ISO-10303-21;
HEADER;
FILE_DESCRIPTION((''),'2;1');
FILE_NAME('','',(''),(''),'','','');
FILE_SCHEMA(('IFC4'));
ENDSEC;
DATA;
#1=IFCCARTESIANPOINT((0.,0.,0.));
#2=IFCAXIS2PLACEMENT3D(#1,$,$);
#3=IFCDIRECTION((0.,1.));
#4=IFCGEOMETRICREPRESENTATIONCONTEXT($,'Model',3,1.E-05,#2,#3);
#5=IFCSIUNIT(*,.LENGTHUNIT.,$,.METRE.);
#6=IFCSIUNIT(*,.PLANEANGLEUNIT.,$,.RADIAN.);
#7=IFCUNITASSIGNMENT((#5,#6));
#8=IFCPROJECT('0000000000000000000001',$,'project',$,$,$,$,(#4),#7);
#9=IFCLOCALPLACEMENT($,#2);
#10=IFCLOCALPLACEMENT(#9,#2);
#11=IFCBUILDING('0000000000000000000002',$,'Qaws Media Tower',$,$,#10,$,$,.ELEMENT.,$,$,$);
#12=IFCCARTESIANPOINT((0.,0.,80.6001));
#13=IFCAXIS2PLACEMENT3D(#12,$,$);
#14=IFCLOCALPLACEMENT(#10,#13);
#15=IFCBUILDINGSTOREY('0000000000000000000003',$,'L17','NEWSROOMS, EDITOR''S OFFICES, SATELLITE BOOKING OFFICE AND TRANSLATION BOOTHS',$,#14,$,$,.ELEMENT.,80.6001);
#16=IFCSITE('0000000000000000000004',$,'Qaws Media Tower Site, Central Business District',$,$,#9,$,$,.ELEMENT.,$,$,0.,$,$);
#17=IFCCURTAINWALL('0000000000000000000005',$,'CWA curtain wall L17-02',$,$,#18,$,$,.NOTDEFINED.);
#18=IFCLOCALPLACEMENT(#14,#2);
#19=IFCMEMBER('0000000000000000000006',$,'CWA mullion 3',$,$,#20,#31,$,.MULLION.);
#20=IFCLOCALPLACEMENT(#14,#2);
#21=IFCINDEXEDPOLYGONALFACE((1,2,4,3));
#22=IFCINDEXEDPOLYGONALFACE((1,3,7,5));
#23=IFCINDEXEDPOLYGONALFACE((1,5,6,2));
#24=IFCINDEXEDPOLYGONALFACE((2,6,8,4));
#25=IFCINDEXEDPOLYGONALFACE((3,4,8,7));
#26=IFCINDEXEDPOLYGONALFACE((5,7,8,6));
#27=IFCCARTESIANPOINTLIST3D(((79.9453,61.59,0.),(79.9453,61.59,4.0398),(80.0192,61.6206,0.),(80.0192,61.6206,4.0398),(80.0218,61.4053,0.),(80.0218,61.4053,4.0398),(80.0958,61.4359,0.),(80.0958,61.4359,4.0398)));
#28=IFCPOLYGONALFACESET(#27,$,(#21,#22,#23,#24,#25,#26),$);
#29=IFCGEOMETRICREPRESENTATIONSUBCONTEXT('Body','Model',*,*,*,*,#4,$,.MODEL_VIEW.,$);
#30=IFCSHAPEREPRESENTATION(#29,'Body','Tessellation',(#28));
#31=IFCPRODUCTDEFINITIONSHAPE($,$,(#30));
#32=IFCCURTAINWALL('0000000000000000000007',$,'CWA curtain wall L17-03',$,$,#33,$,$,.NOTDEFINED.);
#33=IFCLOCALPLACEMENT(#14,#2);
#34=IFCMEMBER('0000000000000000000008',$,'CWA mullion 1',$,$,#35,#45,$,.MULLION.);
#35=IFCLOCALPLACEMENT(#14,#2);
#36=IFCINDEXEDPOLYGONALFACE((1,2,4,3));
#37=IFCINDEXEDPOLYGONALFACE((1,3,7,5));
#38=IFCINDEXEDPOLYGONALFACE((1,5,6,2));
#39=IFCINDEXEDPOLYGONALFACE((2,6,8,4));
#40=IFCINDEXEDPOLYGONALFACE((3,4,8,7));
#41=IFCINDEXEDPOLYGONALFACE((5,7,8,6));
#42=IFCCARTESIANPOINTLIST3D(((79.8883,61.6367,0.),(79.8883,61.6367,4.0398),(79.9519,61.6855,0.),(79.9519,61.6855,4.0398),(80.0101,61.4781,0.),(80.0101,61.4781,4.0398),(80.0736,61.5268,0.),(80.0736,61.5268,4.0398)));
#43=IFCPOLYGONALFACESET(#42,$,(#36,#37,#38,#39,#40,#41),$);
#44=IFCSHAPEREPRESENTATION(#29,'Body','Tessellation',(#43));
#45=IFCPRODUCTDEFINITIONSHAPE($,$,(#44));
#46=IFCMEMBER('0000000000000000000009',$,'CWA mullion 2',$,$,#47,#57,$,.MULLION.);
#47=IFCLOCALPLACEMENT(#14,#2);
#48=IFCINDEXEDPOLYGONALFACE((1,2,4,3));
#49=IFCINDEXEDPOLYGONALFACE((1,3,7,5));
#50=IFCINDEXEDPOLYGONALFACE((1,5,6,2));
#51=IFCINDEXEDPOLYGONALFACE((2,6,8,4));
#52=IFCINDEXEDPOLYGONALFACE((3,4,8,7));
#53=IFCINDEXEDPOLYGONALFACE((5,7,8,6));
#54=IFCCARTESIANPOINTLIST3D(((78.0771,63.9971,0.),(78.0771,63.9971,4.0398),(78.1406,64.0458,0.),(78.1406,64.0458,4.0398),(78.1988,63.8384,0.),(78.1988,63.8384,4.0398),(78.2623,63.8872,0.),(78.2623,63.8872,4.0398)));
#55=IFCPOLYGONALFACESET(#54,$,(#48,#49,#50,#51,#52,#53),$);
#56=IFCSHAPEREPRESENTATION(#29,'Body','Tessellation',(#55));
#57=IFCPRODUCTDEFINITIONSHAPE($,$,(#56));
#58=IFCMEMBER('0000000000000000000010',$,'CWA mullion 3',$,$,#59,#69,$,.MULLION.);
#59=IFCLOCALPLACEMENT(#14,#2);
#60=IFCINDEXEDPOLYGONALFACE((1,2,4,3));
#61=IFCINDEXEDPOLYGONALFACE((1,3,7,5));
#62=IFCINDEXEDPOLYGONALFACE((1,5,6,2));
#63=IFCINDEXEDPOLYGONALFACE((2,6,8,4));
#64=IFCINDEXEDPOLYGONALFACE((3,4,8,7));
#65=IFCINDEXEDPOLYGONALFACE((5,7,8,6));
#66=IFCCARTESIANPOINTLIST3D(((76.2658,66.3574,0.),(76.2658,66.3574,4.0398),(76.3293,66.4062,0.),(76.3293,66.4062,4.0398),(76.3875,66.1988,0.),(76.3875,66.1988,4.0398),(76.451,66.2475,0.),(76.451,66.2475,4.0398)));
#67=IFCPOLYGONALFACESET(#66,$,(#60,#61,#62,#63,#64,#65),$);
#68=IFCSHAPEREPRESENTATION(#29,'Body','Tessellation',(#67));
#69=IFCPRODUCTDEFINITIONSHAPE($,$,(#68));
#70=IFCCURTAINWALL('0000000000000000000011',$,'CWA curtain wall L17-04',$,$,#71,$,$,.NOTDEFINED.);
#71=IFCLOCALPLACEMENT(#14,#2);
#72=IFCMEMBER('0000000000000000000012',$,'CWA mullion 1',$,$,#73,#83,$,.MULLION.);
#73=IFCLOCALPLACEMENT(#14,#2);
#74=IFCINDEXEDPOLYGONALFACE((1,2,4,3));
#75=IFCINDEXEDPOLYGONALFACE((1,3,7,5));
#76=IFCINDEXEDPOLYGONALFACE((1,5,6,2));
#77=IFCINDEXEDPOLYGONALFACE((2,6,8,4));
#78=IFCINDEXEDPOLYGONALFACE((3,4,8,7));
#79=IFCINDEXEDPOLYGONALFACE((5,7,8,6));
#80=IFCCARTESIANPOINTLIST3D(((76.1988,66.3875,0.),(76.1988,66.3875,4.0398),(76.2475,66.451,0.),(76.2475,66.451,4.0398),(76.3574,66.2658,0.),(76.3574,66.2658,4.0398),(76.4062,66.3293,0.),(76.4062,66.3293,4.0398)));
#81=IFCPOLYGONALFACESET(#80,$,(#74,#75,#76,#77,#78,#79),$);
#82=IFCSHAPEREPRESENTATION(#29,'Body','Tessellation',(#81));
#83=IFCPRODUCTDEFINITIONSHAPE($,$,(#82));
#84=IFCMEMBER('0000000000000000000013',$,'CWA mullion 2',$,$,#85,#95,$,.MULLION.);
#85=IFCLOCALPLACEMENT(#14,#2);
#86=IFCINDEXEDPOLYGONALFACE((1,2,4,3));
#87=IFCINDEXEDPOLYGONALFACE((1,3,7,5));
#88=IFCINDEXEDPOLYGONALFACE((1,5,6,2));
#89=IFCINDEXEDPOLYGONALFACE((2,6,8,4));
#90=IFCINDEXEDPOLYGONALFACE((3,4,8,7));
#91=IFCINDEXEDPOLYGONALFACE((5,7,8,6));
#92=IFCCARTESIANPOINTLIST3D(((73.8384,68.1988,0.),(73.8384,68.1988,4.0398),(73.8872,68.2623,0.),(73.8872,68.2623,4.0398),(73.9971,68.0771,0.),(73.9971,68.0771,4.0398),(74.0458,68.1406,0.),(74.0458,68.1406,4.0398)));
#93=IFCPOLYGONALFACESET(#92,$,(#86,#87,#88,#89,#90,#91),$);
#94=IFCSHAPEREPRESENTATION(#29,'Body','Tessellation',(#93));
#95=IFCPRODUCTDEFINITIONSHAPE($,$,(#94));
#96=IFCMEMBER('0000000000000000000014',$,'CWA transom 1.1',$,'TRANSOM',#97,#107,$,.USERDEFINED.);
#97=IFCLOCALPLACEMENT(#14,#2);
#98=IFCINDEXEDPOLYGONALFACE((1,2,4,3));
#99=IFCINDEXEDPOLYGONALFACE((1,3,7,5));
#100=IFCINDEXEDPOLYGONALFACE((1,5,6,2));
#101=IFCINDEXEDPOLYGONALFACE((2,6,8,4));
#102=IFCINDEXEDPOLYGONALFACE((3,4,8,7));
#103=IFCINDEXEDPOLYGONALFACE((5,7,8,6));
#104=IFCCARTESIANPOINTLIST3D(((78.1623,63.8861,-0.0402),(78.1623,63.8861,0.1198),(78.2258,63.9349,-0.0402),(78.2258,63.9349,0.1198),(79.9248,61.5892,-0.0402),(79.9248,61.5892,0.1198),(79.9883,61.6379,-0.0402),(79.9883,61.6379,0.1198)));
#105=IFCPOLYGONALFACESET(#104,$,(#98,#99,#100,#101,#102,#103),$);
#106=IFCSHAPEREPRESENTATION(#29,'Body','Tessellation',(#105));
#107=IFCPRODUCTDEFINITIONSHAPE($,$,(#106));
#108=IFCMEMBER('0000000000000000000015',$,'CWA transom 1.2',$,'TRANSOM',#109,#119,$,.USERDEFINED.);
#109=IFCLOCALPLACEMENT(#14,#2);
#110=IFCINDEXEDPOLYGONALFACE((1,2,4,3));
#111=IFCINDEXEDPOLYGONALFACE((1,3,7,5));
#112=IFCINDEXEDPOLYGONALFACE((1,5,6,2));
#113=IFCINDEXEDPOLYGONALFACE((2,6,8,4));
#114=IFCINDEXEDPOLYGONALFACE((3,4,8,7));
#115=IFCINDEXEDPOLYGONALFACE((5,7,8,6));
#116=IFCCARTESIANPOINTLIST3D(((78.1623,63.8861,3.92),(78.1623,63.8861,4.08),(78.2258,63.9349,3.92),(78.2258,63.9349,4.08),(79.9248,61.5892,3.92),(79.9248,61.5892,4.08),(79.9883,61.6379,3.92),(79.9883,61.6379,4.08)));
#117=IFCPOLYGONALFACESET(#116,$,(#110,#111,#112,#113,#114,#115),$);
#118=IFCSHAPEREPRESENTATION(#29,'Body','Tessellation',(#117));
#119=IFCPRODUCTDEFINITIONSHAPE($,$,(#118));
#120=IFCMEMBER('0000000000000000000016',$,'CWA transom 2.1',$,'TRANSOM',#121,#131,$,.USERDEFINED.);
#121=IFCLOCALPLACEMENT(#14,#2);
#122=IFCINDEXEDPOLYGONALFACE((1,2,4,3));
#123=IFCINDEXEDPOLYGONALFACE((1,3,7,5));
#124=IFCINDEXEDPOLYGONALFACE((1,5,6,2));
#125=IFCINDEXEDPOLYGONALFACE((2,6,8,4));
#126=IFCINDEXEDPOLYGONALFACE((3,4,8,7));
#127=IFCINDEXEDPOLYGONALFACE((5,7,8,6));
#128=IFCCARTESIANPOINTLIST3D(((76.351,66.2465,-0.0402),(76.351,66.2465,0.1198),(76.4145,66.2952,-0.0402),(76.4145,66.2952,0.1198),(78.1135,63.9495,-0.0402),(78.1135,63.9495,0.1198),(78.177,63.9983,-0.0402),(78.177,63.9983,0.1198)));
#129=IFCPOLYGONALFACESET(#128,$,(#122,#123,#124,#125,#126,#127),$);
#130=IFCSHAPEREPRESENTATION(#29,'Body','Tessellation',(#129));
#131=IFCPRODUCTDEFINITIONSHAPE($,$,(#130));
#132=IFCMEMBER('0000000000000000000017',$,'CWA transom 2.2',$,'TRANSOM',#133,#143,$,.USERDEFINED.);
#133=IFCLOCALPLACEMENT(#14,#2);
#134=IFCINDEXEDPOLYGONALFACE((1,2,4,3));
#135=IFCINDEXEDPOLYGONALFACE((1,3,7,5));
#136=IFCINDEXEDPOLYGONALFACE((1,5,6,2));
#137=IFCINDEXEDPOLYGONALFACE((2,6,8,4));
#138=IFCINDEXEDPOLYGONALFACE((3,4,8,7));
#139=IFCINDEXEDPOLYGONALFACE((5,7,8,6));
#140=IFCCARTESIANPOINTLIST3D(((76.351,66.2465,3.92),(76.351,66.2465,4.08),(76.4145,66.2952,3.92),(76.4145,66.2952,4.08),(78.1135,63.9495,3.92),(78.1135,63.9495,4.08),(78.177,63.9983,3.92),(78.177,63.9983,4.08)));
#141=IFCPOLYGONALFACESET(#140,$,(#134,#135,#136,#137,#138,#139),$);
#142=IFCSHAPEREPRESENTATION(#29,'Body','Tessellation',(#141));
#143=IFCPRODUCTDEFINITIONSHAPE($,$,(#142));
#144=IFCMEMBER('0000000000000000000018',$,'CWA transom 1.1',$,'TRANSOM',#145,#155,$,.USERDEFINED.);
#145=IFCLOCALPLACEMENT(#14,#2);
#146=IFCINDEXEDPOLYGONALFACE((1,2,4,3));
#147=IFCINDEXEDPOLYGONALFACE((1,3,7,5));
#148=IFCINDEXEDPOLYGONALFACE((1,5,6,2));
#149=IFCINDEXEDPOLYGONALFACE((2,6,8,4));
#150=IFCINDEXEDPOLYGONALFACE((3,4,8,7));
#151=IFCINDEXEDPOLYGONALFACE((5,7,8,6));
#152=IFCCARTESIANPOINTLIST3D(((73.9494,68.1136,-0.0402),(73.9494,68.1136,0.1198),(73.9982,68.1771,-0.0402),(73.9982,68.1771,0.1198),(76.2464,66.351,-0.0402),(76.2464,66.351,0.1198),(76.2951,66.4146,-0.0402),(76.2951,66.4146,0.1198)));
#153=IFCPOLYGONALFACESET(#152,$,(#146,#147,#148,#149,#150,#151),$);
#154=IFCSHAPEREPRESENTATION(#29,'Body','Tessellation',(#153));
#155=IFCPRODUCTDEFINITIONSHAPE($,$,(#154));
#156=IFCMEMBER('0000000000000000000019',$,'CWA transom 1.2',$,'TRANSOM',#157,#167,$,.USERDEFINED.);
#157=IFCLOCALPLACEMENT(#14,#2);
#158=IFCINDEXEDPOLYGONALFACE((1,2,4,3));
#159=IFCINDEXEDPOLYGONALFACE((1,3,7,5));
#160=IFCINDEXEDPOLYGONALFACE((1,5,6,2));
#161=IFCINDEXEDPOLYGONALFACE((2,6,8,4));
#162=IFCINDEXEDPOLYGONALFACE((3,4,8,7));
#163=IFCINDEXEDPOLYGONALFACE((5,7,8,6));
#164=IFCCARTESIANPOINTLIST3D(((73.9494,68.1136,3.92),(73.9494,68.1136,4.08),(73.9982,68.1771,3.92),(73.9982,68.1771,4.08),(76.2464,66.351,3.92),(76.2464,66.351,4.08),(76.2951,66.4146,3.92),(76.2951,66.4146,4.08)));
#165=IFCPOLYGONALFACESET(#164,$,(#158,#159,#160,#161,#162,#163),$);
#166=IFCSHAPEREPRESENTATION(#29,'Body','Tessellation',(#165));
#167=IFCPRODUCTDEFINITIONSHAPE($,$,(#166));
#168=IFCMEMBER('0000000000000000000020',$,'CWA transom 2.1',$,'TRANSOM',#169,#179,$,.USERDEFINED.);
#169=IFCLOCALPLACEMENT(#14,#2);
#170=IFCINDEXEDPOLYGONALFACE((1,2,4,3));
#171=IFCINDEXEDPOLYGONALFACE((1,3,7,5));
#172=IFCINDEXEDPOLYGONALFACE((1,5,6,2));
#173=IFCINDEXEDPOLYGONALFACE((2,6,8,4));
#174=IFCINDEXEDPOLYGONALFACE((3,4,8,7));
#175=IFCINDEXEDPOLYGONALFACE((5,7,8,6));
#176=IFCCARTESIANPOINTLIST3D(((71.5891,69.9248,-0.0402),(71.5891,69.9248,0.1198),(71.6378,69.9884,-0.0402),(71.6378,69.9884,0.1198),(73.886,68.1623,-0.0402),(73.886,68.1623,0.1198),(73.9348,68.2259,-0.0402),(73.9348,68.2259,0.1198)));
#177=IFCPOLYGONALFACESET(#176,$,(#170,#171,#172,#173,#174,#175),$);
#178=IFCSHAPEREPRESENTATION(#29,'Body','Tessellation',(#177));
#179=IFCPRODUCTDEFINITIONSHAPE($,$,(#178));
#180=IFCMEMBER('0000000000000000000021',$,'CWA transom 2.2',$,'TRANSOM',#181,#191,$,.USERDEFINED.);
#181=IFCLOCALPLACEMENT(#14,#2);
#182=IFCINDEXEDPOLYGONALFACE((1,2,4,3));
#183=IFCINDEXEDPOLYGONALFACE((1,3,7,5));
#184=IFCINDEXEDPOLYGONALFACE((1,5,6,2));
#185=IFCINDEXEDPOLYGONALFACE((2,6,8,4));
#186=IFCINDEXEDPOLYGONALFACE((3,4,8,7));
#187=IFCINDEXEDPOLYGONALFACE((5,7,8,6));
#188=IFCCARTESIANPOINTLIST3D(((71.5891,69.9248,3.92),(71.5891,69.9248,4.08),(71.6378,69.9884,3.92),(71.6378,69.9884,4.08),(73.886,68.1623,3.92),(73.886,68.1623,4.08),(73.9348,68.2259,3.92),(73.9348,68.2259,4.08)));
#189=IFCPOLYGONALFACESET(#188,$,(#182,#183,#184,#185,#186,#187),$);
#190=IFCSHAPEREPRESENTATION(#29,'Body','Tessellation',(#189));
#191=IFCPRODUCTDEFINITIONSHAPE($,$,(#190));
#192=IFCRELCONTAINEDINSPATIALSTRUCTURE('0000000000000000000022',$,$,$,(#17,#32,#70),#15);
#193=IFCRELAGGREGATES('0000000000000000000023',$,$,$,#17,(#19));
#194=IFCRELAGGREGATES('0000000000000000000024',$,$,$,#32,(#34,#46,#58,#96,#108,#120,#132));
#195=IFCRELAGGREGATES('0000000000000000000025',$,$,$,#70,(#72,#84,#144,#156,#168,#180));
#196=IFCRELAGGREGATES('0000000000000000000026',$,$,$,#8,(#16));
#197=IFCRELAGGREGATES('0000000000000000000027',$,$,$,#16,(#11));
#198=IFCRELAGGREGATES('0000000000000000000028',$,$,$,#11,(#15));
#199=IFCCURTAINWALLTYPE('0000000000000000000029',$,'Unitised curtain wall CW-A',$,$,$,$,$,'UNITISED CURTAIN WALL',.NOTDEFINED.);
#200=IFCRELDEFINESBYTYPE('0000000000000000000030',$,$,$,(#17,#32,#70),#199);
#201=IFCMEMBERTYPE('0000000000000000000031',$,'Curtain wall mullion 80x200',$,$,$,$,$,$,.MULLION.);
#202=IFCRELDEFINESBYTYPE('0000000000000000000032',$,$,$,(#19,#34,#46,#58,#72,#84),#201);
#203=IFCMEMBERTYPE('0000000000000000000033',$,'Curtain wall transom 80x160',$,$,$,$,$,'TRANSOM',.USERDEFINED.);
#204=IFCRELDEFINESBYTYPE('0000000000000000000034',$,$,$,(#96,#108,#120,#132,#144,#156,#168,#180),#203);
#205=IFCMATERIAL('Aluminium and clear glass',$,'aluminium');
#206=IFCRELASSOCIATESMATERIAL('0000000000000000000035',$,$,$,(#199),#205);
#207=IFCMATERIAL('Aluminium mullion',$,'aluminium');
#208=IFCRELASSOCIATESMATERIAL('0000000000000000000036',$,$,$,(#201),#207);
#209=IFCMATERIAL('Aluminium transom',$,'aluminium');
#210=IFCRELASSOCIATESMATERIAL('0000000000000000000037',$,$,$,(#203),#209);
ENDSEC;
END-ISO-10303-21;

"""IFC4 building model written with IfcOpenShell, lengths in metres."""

from ifc_helpers import new_model, si_unit, direction, frame, origin, origin_2d, place, context, subcontext, project, spatial, rectangle, extrude, material, material_profile, profile_set, type_object, element, aggregate, save


model = new_model("IFC4")

# Units and contexts
model_context = context("Model", 3, precision=1e-05, world=origin(), true_north=direction((0.0, 1.0)))
body_context = subcontext(model_context, "Body", "Model", "MODEL_VIEW")
ifc_project = project(units=[si_unit("LENGTHUNIT", "METRE"), si_unit("PLANEANGLEUNIT", "RADIAN")], contexts=[model_context])

# Site, building, storey
site_placement = place(None, origin())
site = spatial("IfcSite", under=ifc_project, at=site_placement, Name="Qaws Media Tower Site, Central Business District", CompositionType="ELEMENT", RefElevation=0.0)
building_placement = place(site_placement, origin())
building = spatial("IfcBuilding", under=site, at=building_placement, Name="Qaws Media Tower", CompositionType="ELEMENT")
storey_placement = place(building_placement, frame((0.0, 0.0, 80.6001)))
storey = spatial("IfcBuildingStorey", under=building, at=storey_placement, Name="L17", Description="NEWSROOMS, EDITOR'S OFFICES, SATELLITE BOOKING OFFICE AND TRANSLATION BOOTHS", CompositionType="ELEMENT", Elevation=80.6001)

# Curtain wall, member
ifc_material_1 = material(Name="Aluminium and clear glass", Category="aluminium")
curtain_wall_type = type_object("IfcCurtainWallType", Name="Unitised curtain wall CW-A", ElementType="UNITISED CURTAIN WALL", PredefinedType="NOTDEFINED", material=ifc_material_1)
curtain_wall_1_placement = place(storey_placement, origin())
curtain_wall_1 = element("IfcCurtainWall", 1, at=curtain_wall_1_placement, inside=storey, type_object=curtain_wall_type, Name="CWA curtain wall L17-02", PredefinedType="NOTDEFINED")
ifc_material_2 = material(Name="Aluminium mullion", Category="aluminium")
ifc_material_profile_1 = material_profile(ifc_material_2, rectangle(XDim=0.0801, YDim=0.2, at=origin_2d()), Name="80x200")
ifc_profile_set_1 = profile_set([ifc_material_profile_1], Name="Aluminium mullion")
member_type_1 = type_object("IfcMemberType", Name="Curtain wall mullion 80x200", PredefinedType="MULLION", material=ifc_profile_set_1)
member_1_placement = place(storey_placement, frame((80.0205, 61.5129, 0.0), z_axis=(0.0, 0.0, 1.0), x_axis=(-0.92388, -0.382683, 0.0)))
member_1 = element("IfcMember", 2, at=member_1_placement, type_object=member_type_1, Name="CWA mullion 3", PredefinedType="MULLION", context=body_context, shape_type="SweptSolid", body=[
    extrude(rectangle(XDim=0.0801, YDim=0.2, at=origin_2d()), origin(), (0.0, 0.0, 1.0), 4.0398),
])
aggregate(curtain_wall_1, [member_1])

# Curtain walls, members
curtain_wall_2_placement = place(storey_placement, origin())
curtain_wall_2 = element("IfcCurtainWall", 3, at=curtain_wall_2_placement, inside=storey, type_object=curtain_wall_type, Name="CWA curtain wall L17-03", PredefinedType="NOTDEFINED")
member_2_placement = place(storey_placement, frame((79.981, 61.5818, 0.0), z_axis=(0.0, 0.0, 1.0), x_axis=(-0.793353, -0.608761, 0.0)))
member_2 = element("IfcMember", 4, at=member_2_placement, type_object=member_type_1, Name="CWA mullion 1", PredefinedType="MULLION", context=body_context, shape_type="SweptSolid", body=[
    extrude(rectangle(XDim=0.0801, YDim=0.2, at=origin_2d()), origin(), (0.0, 0.0, 1.0), 4.0398),
])
member_3_placement = place(storey_placement, frame((78.1697, 63.9421, 0.0), z_axis=(0.0, 0.0, 1.0), x_axis=(-0.793353, -0.608761, 0.0)))
member_3 = element("IfcMember", 5, at=member_3_placement, type_object=member_type_1, Name="CWA mullion 2", PredefinedType="MULLION", context=body_context, shape_type="SweptSolid", body=[
    extrude(rectangle(XDim=0.0801, YDim=0.2, at=origin_2d()), origin(), (0.0, 0.0, 1.0), 4.0398),
])
member_4_placement = place(storey_placement, frame((76.3584, 66.3025, 0.0), z_axis=(0.0, 0.0, 1.0), x_axis=(-0.793353, -0.608761, 0.0)))
member_4 = element("IfcMember", 6, at=member_4_placement, type_object=member_type_1, Name="CWA mullion 3", PredefinedType="MULLION", context=body_context, shape_type="SweptSolid", body=[
    extrude(rectangle(XDim=0.0801, YDim=0.2, at=origin_2d()), origin(), (0.0, 0.0, 1.0), 4.0398),
])
curtain_wall_3_placement = place(storey_placement, origin())
curtain_wall_3 = element("IfcCurtainWall", 7, at=curtain_wall_3_placement, inside=storey, type_object=curtain_wall_type, Name="CWA curtain wall L17-04", PredefinedType="NOTDEFINED")
member_5_placement = place(storey_placement, frame((76.3025, 66.3584, 0.0), z_axis=(0.0, 0.0, 1.0), x_axis=(-0.608761, -0.793353, 0.0)))
member_5 = element("IfcMember", 8, at=member_5_placement, type_object=member_type_1, Name="CWA mullion 1", PredefinedType="MULLION", context=body_context, shape_type="SweptSolid", body=[
    extrude(rectangle(XDim=0.0801, YDim=0.2, at=origin_2d()), origin(), (0.0, 0.0, 1.0), 4.0398),
])
member_6_placement = place(storey_placement, frame((73.9421, 68.1697, 0.0), z_axis=(0.0, 0.0, 1.0), x_axis=(-0.608761, -0.793353, 0.0)))
member_6 = element("IfcMember", 9, at=member_6_placement, type_object=member_type_1, Name="CWA mullion 2", PredefinedType="MULLION", context=body_context, shape_type="SweptSolid", body=[
    extrude(rectangle(XDim=0.0801, YDim=0.2, at=origin_2d()), origin(), (0.0, 0.0, 1.0), 4.0398),
])

# Members
ifc_material_3 = material(Name="Aluminium transom", Category="aluminium")
ifc_material_profile_2 = material_profile(ifc_material_3, rectangle(XDim=0.0801, YDim=0.1599, at=origin_2d()), Name="80x160")
ifc_profile_set_2 = profile_set([ifc_material_profile_2], Name="Aluminium transom")
member_type_2 = type_object("IfcMemberType", Name="Curtain wall transom 80x160", ElementType="TRANSOM", PredefinedType="USERDEFINED", material=ifc_profile_set_2)
member_7_placement = place(storey_placement, frame((79.9565, 61.6135, 0.0398), z_axis=(-0.608761, 0.793354, 0.0), x_axis=(-0.793354, -0.608761, 0.0)))
member_7 = element("IfcMember", 10, at=member_7_placement, type_object=member_type_2, Name="CWA transom 1.1", ObjectType="TRANSOM", PredefinedType="USERDEFINED", context=body_context, shape_type="SweptSolid", body=[
    extrude(rectangle(XDim=0.0801, YDim=0.1599, at=origin_2d()), origin(), (0.0, 0.0, 1.0), 2.8953),
])
member_8_placement = place(storey_placement, frame((79.9565, 61.6135, 4.0), z_axis=(-0.608761, 0.793354, 0.0), x_axis=(-0.793354, -0.608761, 0.0)))
member_8 = element("IfcMember", 11, at=member_8_placement, type_object=member_type_2, Name="CWA transom 1.2", ObjectType="TRANSOM", PredefinedType="USERDEFINED", context=body_context, shape_type="SweptSolid", body=[
    extrude(rectangle(XDim=0.0801, YDim=0.1599, at=origin_2d()), origin(), (0.0, 0.0, 1.0), 2.8953),
])
member_9_placement = place(storey_placement, frame((78.1453, 63.9739, 0.0398), z_axis=(-0.608761, 0.793354, 0.0), x_axis=(-0.793354, -0.608761, 0.0)))
member_9 = element("IfcMember", 12, at=member_9_placement, type_object=member_type_2, Name="CWA transom 2.1", ObjectType="TRANSOM", PredefinedType="USERDEFINED", context=body_context, shape_type="SweptSolid", body=[
    extrude(rectangle(XDim=0.0801, YDim=0.1599, at=origin_2d()), origin(), (0.0, 0.0, 1.0), 2.8953),
])
member_10_placement = place(storey_placement, frame((78.1453, 63.9739, 4.0), z_axis=(-0.608761, 0.793354, 0.0), x_axis=(-0.793354, -0.608761, 0.0)))
member_10 = element("IfcMember", 13, at=member_10_placement, type_object=member_type_2, Name="CWA transom 2.2", ObjectType="TRANSOM", PredefinedType="USERDEFINED", context=body_context, shape_type="SweptSolid", body=[
    extrude(rectangle(XDim=0.0801, YDim=0.1599, at=origin_2d()), origin(), (0.0, 0.0, 1.0), 2.8953),
])
member_11_placement = place(storey_placement, frame((76.2708, 66.3828, 0.0398), z_axis=(-0.793354, 0.608761, 0.0), x_axis=(-0.608761, -0.793354, 0.0)))
member_11 = element("IfcMember", 14, at=member_11_placement, type_object=member_type_2, Name="CWA transom 1.1", ObjectType="TRANSOM", PredefinedType="USERDEFINED", context=body_context, shape_type="SweptSolid", body=[
    extrude(rectangle(XDim=0.0801, YDim=0.1599, at=origin_2d()), origin(), (0.0, 0.0, 1.0), 2.8953),
])
member_12_placement = place(storey_placement, frame((76.2708, 66.3828, 4.0), z_axis=(-0.793354, 0.608761, 0.0), x_axis=(-0.608761, -0.793354, 0.0)))
member_12 = element("IfcMember", 15, at=member_12_placement, type_object=member_type_2, Name="CWA transom 1.2", ObjectType="TRANSOM", PredefinedType="USERDEFINED", context=body_context, shape_type="SweptSolid", body=[
    extrude(rectangle(XDim=0.0801, YDim=0.1599, at=origin_2d()), origin(), (0.0, 0.0, 1.0), 2.8953),
])
member_13_placement = place(storey_placement, frame((73.9104, 68.1941, 0.0398), z_axis=(-0.793354, 0.608761, 0.0), x_axis=(-0.608761, -0.793354, 0.0)))
member_13 = element("IfcMember", 16, at=member_13_placement, type_object=member_type_2, Name="CWA transom 2.1", ObjectType="TRANSOM", PredefinedType="USERDEFINED", context=body_context, shape_type="SweptSolid", body=[
    extrude(rectangle(XDim=0.0801, YDim=0.1599, at=origin_2d()), origin(), (0.0, 0.0, 1.0), 2.8953),
])
member_14_placement = place(storey_placement, frame((73.9104, 68.1941, 4.0), z_axis=(-0.793354, 0.608761, 0.0), x_axis=(-0.608761, -0.793354, 0.0)))
member_14 = element("IfcMember", 17, at=member_14_placement, type_object=member_type_2, Name="CWA transom 2.2", ObjectType="TRANSOM", PredefinedType="USERDEFINED", context=body_context, shape_type="SweptSolid", body=[
    extrude(rectangle(XDim=0.0801, YDim=0.1599, at=origin_2d()), origin(), (0.0, 0.0, 1.0), 2.8953),
])

aggregate(curtain_wall_2, [member_2, member_3, member_4, member_7, member_8, member_9, member_10])
aggregate(curtain_wall_3, [member_5, member_6, member_11, member_12, member_13, member_14])

save(model, "model.ifc")
